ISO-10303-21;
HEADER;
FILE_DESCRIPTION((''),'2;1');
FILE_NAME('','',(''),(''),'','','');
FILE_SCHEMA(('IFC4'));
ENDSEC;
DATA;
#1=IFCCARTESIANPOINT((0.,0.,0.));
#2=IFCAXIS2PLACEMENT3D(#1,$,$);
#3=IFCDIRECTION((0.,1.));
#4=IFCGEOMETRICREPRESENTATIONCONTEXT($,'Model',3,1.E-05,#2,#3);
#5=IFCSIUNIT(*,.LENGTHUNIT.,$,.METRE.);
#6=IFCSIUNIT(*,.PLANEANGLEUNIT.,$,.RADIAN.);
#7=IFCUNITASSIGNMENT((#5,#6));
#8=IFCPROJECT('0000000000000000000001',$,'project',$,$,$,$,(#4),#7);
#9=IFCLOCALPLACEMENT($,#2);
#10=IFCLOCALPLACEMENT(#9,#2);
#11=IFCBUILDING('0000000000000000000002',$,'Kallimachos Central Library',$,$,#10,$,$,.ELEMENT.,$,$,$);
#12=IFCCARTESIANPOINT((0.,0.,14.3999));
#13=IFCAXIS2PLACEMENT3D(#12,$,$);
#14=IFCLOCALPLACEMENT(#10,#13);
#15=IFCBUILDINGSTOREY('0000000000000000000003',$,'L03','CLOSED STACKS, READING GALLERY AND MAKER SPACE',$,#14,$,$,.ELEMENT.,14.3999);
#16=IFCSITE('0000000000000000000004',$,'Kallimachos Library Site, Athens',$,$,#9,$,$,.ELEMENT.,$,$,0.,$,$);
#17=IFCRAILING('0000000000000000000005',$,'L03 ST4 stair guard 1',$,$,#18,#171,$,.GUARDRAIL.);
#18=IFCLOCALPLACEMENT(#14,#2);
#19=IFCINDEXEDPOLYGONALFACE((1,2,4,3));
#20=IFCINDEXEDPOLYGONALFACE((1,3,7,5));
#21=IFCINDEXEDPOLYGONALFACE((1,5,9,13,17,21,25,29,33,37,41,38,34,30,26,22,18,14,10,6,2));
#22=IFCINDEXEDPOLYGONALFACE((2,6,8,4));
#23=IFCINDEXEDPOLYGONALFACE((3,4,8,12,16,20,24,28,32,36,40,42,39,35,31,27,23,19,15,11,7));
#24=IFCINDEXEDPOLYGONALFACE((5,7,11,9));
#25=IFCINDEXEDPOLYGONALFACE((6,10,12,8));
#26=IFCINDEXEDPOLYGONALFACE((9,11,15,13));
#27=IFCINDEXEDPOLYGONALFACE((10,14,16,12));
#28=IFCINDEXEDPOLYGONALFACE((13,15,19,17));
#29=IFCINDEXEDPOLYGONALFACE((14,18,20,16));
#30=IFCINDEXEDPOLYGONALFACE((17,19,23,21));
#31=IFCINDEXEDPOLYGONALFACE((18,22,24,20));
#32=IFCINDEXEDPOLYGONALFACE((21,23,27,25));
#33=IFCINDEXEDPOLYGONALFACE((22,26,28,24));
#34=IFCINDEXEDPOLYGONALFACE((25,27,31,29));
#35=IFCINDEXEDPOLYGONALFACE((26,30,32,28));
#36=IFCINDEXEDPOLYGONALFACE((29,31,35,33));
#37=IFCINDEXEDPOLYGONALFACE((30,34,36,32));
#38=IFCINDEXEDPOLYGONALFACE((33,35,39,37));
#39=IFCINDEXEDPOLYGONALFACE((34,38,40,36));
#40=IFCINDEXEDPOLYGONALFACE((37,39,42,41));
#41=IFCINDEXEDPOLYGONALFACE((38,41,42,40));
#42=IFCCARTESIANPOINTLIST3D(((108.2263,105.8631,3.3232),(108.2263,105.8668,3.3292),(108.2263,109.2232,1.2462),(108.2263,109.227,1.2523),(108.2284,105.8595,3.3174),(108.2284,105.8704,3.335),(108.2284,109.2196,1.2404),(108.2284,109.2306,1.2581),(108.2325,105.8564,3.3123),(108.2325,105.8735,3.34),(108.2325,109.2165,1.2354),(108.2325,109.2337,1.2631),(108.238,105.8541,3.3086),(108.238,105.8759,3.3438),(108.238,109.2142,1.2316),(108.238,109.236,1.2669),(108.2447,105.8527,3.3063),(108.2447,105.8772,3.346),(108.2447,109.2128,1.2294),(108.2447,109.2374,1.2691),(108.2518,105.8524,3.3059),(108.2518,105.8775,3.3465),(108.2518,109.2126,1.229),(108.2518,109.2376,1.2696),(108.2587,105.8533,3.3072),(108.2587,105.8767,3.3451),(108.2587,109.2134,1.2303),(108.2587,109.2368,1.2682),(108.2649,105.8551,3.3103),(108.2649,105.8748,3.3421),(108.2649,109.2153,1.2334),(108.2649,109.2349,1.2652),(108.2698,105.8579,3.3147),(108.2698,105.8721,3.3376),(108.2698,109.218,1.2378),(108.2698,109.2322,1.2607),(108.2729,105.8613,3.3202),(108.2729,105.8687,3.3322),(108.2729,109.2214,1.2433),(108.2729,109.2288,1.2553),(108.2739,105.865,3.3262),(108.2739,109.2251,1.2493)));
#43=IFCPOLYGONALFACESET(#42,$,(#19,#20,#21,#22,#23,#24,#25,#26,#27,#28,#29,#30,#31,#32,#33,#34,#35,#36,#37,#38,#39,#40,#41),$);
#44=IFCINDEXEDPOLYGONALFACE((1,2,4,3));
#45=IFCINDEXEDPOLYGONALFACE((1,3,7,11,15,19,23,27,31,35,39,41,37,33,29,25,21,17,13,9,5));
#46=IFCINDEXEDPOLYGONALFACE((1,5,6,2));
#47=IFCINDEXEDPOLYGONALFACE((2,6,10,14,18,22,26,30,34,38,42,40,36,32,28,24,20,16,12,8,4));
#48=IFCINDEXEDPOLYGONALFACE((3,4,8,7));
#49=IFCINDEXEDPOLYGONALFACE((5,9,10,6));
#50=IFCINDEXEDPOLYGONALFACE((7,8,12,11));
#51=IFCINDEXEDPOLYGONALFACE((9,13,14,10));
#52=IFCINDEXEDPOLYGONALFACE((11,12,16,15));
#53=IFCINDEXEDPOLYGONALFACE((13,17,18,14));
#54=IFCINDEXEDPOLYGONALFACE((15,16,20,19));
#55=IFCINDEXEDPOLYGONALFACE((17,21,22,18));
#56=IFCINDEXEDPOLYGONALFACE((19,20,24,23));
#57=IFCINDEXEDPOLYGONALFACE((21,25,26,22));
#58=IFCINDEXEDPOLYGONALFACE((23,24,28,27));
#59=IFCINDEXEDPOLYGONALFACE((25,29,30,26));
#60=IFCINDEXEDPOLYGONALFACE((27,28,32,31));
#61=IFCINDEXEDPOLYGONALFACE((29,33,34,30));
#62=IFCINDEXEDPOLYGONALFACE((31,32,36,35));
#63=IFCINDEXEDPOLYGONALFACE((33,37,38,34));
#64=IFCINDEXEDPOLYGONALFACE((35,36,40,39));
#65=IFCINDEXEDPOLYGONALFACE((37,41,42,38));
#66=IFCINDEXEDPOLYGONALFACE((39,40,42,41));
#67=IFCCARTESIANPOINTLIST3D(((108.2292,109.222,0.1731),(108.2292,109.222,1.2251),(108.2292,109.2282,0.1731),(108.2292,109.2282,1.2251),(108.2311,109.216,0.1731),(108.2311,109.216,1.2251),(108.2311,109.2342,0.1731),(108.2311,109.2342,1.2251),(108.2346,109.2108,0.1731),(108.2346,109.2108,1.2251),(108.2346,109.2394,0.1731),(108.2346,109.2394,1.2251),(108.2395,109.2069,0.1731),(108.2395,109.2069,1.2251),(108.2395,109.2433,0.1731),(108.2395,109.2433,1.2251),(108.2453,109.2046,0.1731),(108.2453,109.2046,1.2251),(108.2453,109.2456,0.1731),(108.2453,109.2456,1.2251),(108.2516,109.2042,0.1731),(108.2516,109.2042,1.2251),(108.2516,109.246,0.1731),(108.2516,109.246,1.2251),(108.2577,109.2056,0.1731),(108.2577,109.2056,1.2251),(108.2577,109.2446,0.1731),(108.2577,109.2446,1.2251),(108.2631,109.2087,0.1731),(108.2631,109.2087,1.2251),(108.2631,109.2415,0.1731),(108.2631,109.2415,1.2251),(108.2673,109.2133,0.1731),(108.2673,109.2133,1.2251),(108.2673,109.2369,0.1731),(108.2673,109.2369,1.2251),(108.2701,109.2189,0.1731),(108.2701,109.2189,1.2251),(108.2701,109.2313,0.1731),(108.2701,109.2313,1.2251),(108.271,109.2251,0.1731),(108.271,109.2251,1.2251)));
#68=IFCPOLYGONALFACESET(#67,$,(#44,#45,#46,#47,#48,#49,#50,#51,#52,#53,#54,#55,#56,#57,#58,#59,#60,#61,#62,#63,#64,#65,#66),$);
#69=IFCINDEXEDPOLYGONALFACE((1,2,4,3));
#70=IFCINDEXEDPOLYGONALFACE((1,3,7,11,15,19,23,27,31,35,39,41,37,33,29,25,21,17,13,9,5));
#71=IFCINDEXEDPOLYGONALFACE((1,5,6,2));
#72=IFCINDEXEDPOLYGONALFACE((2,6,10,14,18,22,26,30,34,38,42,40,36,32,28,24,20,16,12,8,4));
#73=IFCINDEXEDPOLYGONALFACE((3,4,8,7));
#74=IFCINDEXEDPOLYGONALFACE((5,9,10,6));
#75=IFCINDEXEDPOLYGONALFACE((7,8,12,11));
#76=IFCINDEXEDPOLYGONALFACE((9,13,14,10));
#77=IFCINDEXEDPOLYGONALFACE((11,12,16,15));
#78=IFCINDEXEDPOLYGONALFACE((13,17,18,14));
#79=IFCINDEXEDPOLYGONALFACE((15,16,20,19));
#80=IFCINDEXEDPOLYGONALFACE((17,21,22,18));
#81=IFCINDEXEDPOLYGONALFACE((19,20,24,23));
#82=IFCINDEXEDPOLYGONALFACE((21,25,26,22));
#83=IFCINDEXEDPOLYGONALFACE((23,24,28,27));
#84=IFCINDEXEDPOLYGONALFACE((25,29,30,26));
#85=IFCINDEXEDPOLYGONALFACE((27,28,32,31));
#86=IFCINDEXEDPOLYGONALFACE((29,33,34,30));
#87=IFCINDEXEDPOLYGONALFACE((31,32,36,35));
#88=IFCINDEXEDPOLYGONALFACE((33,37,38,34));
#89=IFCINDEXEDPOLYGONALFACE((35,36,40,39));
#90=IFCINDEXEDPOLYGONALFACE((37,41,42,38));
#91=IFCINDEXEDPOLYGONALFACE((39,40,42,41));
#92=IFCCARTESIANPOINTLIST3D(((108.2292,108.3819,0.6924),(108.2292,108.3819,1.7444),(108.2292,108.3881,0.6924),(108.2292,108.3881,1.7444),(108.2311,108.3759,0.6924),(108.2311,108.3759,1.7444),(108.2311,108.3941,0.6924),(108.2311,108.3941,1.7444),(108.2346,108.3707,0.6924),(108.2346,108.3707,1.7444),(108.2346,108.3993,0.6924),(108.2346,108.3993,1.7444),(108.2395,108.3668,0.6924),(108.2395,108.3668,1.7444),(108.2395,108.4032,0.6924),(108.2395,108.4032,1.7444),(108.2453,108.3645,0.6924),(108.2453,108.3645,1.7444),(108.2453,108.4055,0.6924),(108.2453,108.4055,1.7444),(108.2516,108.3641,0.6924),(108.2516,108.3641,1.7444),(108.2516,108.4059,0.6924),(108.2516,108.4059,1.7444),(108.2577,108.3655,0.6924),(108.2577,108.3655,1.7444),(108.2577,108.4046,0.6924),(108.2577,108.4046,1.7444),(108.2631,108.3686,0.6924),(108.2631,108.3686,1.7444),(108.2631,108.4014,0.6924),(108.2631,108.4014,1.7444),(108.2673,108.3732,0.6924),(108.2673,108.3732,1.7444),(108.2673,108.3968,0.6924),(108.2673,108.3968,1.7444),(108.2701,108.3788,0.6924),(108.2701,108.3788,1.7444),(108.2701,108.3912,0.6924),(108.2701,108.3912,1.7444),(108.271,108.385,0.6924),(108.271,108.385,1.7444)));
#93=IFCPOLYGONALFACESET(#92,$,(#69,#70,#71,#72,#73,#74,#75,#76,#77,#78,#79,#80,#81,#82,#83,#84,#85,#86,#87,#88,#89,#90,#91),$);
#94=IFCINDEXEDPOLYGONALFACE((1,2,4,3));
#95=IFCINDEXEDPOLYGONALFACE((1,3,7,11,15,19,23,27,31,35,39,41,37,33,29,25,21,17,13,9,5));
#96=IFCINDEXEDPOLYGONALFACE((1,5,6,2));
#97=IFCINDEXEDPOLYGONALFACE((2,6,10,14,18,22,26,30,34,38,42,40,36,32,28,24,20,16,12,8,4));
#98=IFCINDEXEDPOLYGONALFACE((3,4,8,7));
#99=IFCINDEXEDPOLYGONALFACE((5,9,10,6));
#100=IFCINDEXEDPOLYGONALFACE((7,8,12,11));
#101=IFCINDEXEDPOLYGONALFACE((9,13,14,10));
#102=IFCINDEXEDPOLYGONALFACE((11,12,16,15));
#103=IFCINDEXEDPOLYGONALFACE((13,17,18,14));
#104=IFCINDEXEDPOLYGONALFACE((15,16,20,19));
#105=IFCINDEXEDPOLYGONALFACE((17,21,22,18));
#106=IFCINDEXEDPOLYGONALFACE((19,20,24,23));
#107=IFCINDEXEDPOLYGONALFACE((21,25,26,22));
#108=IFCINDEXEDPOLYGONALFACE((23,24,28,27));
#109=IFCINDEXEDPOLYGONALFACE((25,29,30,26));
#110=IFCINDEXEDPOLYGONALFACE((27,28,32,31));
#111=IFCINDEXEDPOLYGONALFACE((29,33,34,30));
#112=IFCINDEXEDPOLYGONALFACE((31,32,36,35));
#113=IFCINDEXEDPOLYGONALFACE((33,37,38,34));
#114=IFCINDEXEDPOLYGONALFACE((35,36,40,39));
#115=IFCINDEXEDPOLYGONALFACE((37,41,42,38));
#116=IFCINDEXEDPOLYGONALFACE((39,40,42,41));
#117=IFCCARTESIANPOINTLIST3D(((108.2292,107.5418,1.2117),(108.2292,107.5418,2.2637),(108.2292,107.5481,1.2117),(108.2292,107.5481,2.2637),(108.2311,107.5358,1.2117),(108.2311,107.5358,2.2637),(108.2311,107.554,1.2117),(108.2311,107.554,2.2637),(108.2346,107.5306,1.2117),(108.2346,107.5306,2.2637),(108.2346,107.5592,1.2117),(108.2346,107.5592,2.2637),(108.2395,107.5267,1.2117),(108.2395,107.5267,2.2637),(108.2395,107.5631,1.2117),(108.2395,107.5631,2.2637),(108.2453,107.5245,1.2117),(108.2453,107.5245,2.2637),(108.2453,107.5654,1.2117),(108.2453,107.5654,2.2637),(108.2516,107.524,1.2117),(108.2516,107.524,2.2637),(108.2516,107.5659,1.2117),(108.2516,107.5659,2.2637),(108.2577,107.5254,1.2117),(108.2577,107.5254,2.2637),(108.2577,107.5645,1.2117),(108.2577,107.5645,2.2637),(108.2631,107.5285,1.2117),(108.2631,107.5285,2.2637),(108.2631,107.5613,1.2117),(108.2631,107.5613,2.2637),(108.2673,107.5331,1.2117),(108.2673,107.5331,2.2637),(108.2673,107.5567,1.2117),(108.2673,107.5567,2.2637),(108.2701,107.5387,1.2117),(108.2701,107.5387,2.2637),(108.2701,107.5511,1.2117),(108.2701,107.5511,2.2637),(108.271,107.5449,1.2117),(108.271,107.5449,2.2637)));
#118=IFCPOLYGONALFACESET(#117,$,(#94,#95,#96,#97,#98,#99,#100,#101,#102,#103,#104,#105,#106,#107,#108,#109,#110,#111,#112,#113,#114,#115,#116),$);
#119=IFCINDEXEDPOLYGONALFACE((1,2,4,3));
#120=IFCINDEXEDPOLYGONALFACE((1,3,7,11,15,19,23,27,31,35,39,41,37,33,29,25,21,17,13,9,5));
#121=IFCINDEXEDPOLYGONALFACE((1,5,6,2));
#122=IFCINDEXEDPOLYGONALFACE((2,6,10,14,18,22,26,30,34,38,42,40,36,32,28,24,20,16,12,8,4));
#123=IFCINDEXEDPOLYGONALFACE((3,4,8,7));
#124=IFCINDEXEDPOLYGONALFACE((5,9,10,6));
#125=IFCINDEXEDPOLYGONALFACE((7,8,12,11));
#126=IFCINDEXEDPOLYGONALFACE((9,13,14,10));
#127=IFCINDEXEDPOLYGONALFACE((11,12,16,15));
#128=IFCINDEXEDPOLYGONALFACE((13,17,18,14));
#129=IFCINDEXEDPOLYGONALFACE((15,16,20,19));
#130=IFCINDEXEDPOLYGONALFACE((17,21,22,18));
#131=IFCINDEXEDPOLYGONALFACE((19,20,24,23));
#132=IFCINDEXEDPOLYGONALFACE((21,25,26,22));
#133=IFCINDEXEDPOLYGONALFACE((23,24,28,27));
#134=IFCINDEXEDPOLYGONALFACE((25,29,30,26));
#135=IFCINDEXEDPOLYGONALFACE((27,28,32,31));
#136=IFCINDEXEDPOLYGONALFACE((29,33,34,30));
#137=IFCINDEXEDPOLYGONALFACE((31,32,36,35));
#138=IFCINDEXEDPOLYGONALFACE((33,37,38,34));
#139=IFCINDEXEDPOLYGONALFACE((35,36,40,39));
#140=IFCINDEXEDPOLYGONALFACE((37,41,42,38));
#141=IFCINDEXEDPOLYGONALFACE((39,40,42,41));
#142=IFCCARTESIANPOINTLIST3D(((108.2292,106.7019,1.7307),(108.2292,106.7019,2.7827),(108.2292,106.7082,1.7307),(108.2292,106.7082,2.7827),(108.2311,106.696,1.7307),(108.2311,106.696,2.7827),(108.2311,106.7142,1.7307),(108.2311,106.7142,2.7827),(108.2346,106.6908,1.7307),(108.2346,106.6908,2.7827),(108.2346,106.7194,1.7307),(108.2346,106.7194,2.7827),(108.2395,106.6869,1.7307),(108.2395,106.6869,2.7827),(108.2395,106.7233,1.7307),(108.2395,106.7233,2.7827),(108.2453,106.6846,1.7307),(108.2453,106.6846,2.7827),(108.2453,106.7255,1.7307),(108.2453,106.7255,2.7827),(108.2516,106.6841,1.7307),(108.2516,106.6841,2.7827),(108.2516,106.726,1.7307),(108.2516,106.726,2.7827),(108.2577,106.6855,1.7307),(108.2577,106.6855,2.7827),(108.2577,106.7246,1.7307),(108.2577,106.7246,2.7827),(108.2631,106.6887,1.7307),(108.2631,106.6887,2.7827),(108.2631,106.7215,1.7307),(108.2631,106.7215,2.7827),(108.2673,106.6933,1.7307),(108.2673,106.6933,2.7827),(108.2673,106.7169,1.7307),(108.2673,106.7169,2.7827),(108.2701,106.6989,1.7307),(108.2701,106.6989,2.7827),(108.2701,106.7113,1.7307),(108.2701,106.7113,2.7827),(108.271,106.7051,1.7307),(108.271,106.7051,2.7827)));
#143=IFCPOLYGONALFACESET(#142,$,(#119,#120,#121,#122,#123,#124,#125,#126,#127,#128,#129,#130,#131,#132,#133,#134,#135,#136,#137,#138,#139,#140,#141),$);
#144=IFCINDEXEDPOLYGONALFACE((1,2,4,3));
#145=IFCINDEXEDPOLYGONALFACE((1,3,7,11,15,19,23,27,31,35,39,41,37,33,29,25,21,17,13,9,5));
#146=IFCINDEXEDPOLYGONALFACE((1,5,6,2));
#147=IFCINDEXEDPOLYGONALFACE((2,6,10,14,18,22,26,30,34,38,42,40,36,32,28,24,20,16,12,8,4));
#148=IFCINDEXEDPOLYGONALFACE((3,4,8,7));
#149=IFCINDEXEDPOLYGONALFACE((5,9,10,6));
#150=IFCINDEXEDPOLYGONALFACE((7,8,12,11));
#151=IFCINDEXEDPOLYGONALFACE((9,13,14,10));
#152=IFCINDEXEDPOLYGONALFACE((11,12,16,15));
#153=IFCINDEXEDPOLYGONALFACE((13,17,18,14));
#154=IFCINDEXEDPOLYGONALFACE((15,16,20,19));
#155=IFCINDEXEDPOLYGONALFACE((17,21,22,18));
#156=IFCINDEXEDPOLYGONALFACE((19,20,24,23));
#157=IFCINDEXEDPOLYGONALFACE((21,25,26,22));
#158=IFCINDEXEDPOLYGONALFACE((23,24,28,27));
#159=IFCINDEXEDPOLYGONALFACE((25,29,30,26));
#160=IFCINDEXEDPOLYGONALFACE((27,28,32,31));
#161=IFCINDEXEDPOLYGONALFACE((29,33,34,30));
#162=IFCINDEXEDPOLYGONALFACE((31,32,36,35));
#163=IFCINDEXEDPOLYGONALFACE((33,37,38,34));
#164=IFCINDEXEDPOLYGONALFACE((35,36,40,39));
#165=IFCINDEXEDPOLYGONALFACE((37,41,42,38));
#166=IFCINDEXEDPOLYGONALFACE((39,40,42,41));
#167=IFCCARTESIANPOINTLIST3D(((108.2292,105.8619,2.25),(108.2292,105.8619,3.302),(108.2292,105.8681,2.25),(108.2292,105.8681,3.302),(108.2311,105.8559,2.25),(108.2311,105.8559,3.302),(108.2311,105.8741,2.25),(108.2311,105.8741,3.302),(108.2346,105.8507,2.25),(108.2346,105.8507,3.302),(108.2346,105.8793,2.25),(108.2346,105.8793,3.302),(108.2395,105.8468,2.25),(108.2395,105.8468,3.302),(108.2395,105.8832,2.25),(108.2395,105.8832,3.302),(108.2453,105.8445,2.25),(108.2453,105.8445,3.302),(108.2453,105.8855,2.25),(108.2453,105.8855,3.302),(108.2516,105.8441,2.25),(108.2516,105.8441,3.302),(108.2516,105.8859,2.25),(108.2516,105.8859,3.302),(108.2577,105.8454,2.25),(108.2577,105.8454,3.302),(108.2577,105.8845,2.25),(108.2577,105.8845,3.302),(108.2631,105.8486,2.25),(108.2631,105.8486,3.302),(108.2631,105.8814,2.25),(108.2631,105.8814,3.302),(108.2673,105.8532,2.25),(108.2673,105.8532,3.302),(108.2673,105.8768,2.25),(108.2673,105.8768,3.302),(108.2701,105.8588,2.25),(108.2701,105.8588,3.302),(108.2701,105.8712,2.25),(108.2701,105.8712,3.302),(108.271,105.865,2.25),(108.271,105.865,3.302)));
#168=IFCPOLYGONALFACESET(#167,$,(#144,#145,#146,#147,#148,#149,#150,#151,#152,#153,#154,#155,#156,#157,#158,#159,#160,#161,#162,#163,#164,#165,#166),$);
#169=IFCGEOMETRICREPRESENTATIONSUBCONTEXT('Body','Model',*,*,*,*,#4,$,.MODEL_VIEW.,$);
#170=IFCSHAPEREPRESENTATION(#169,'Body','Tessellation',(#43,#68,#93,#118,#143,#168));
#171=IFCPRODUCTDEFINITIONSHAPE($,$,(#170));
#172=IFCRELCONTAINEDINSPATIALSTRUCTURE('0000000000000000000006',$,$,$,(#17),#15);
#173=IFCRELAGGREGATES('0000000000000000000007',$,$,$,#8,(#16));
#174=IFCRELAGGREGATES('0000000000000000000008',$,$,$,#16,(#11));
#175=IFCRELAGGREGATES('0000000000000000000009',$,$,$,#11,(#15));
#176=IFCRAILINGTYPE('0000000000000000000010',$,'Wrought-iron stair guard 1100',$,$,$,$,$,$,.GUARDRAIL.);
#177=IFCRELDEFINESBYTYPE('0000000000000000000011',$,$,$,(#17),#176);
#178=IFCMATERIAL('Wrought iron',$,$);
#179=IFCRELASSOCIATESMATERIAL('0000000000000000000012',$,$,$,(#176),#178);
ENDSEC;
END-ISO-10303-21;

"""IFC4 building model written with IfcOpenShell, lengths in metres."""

from ifc_helpers import new_model, si_unit, direction, frame, origin, origin_2d, place, context, subcontext, project, spatial, circle, extrude, material, type_object, element, save


model = new_model("IFC4")

# Units and contexts
model_context = context("Model", 3, precision=1e-05, world=origin(), true_north=direction((0.0, 1.0)))
body_context = subcontext(model_context, "Body", "Model", "MODEL_VIEW")
ifc_project = project(units=[si_unit("LENGTHUNIT", "METRE"), si_unit("PLANEANGLEUNIT", "RADIAN")], contexts=[model_context])

# Site, building, storey
site_placement = place(None, origin())
site = spatial("IfcSite", under=ifc_project, at=site_placement, Name="Kallimachos Library Site, Athens", CompositionType="ELEMENT", RefElevation=0.0)
building_placement = place(site_placement, origin())
building = spatial("IfcBuilding", under=site, at=building_placement, Name="Kallimachos Central Library", CompositionType="ELEMENT")
storey_placement = place(building_placement, frame((0.0, 0.0, 14.3999)))
storey = spatial("IfcBuildingStorey", under=building, at=storey_placement, Name="L03", Description="CLOSED STACKS, READING GALLERY AND MAKER SPACE", CompositionType="ELEMENT", Elevation=14.3999)

# Railing
ifc_material_1 = material(Name="Wrought iron")
railing_type_1 = type_object("IfcRailingType", Name="Wrought-iron stair guard 1100", PredefinedType="GUARDRAIL", material=ifc_material_1)
railing_1_placement = place(storey_placement, frame((108.25, 109.2251, 0.1731)))
element("IfcRailing", 1, at=railing_1_placement, inside=storey, type_object=railing_type_1, Name="L03 ST4 stair guard 1", PredefinedType="GUARDRAIL", context=body_context, shape_type="SweptSolid", body=[
    extrude(circle(Radius=0.0239, at=origin_2d()), frame((0.0, 0.0, 1.0762), z_axis=(0.0, -0.850623, 0.525776), x_axis=(1.0, 0.0, 0.0)), (0.0, 0.0, 1.0), 3.9502),
    extrude(circle(Radius=0.021, at=origin_2d()), origin(), (0.0, 0.0, 1.0), 1.052),
    extrude(circle(Radius=0.021, at=origin_2d()), frame((0.0, -0.8401, 0.5193)), (0.0, 0.0, 1.0), 1.052),
    extrude(circle(Radius=0.021, at=origin_2d()), frame((0.0, -1.6802, 1.0386)), (0.0, 0.0, 1.0), 1.052),
    extrude(circle(Radius=0.021, at=origin_2d()), frame((0.0, -2.52, 1.5576)), (0.0, 0.0, 1.0), 1.052),
    extrude(circle(Radius=0.021, at=origin_2d()), frame((0.0, -3.3601, 2.0769)), (0.0, 0.0, 1.0), 1.052),
])

save(model, "model.ifc")
